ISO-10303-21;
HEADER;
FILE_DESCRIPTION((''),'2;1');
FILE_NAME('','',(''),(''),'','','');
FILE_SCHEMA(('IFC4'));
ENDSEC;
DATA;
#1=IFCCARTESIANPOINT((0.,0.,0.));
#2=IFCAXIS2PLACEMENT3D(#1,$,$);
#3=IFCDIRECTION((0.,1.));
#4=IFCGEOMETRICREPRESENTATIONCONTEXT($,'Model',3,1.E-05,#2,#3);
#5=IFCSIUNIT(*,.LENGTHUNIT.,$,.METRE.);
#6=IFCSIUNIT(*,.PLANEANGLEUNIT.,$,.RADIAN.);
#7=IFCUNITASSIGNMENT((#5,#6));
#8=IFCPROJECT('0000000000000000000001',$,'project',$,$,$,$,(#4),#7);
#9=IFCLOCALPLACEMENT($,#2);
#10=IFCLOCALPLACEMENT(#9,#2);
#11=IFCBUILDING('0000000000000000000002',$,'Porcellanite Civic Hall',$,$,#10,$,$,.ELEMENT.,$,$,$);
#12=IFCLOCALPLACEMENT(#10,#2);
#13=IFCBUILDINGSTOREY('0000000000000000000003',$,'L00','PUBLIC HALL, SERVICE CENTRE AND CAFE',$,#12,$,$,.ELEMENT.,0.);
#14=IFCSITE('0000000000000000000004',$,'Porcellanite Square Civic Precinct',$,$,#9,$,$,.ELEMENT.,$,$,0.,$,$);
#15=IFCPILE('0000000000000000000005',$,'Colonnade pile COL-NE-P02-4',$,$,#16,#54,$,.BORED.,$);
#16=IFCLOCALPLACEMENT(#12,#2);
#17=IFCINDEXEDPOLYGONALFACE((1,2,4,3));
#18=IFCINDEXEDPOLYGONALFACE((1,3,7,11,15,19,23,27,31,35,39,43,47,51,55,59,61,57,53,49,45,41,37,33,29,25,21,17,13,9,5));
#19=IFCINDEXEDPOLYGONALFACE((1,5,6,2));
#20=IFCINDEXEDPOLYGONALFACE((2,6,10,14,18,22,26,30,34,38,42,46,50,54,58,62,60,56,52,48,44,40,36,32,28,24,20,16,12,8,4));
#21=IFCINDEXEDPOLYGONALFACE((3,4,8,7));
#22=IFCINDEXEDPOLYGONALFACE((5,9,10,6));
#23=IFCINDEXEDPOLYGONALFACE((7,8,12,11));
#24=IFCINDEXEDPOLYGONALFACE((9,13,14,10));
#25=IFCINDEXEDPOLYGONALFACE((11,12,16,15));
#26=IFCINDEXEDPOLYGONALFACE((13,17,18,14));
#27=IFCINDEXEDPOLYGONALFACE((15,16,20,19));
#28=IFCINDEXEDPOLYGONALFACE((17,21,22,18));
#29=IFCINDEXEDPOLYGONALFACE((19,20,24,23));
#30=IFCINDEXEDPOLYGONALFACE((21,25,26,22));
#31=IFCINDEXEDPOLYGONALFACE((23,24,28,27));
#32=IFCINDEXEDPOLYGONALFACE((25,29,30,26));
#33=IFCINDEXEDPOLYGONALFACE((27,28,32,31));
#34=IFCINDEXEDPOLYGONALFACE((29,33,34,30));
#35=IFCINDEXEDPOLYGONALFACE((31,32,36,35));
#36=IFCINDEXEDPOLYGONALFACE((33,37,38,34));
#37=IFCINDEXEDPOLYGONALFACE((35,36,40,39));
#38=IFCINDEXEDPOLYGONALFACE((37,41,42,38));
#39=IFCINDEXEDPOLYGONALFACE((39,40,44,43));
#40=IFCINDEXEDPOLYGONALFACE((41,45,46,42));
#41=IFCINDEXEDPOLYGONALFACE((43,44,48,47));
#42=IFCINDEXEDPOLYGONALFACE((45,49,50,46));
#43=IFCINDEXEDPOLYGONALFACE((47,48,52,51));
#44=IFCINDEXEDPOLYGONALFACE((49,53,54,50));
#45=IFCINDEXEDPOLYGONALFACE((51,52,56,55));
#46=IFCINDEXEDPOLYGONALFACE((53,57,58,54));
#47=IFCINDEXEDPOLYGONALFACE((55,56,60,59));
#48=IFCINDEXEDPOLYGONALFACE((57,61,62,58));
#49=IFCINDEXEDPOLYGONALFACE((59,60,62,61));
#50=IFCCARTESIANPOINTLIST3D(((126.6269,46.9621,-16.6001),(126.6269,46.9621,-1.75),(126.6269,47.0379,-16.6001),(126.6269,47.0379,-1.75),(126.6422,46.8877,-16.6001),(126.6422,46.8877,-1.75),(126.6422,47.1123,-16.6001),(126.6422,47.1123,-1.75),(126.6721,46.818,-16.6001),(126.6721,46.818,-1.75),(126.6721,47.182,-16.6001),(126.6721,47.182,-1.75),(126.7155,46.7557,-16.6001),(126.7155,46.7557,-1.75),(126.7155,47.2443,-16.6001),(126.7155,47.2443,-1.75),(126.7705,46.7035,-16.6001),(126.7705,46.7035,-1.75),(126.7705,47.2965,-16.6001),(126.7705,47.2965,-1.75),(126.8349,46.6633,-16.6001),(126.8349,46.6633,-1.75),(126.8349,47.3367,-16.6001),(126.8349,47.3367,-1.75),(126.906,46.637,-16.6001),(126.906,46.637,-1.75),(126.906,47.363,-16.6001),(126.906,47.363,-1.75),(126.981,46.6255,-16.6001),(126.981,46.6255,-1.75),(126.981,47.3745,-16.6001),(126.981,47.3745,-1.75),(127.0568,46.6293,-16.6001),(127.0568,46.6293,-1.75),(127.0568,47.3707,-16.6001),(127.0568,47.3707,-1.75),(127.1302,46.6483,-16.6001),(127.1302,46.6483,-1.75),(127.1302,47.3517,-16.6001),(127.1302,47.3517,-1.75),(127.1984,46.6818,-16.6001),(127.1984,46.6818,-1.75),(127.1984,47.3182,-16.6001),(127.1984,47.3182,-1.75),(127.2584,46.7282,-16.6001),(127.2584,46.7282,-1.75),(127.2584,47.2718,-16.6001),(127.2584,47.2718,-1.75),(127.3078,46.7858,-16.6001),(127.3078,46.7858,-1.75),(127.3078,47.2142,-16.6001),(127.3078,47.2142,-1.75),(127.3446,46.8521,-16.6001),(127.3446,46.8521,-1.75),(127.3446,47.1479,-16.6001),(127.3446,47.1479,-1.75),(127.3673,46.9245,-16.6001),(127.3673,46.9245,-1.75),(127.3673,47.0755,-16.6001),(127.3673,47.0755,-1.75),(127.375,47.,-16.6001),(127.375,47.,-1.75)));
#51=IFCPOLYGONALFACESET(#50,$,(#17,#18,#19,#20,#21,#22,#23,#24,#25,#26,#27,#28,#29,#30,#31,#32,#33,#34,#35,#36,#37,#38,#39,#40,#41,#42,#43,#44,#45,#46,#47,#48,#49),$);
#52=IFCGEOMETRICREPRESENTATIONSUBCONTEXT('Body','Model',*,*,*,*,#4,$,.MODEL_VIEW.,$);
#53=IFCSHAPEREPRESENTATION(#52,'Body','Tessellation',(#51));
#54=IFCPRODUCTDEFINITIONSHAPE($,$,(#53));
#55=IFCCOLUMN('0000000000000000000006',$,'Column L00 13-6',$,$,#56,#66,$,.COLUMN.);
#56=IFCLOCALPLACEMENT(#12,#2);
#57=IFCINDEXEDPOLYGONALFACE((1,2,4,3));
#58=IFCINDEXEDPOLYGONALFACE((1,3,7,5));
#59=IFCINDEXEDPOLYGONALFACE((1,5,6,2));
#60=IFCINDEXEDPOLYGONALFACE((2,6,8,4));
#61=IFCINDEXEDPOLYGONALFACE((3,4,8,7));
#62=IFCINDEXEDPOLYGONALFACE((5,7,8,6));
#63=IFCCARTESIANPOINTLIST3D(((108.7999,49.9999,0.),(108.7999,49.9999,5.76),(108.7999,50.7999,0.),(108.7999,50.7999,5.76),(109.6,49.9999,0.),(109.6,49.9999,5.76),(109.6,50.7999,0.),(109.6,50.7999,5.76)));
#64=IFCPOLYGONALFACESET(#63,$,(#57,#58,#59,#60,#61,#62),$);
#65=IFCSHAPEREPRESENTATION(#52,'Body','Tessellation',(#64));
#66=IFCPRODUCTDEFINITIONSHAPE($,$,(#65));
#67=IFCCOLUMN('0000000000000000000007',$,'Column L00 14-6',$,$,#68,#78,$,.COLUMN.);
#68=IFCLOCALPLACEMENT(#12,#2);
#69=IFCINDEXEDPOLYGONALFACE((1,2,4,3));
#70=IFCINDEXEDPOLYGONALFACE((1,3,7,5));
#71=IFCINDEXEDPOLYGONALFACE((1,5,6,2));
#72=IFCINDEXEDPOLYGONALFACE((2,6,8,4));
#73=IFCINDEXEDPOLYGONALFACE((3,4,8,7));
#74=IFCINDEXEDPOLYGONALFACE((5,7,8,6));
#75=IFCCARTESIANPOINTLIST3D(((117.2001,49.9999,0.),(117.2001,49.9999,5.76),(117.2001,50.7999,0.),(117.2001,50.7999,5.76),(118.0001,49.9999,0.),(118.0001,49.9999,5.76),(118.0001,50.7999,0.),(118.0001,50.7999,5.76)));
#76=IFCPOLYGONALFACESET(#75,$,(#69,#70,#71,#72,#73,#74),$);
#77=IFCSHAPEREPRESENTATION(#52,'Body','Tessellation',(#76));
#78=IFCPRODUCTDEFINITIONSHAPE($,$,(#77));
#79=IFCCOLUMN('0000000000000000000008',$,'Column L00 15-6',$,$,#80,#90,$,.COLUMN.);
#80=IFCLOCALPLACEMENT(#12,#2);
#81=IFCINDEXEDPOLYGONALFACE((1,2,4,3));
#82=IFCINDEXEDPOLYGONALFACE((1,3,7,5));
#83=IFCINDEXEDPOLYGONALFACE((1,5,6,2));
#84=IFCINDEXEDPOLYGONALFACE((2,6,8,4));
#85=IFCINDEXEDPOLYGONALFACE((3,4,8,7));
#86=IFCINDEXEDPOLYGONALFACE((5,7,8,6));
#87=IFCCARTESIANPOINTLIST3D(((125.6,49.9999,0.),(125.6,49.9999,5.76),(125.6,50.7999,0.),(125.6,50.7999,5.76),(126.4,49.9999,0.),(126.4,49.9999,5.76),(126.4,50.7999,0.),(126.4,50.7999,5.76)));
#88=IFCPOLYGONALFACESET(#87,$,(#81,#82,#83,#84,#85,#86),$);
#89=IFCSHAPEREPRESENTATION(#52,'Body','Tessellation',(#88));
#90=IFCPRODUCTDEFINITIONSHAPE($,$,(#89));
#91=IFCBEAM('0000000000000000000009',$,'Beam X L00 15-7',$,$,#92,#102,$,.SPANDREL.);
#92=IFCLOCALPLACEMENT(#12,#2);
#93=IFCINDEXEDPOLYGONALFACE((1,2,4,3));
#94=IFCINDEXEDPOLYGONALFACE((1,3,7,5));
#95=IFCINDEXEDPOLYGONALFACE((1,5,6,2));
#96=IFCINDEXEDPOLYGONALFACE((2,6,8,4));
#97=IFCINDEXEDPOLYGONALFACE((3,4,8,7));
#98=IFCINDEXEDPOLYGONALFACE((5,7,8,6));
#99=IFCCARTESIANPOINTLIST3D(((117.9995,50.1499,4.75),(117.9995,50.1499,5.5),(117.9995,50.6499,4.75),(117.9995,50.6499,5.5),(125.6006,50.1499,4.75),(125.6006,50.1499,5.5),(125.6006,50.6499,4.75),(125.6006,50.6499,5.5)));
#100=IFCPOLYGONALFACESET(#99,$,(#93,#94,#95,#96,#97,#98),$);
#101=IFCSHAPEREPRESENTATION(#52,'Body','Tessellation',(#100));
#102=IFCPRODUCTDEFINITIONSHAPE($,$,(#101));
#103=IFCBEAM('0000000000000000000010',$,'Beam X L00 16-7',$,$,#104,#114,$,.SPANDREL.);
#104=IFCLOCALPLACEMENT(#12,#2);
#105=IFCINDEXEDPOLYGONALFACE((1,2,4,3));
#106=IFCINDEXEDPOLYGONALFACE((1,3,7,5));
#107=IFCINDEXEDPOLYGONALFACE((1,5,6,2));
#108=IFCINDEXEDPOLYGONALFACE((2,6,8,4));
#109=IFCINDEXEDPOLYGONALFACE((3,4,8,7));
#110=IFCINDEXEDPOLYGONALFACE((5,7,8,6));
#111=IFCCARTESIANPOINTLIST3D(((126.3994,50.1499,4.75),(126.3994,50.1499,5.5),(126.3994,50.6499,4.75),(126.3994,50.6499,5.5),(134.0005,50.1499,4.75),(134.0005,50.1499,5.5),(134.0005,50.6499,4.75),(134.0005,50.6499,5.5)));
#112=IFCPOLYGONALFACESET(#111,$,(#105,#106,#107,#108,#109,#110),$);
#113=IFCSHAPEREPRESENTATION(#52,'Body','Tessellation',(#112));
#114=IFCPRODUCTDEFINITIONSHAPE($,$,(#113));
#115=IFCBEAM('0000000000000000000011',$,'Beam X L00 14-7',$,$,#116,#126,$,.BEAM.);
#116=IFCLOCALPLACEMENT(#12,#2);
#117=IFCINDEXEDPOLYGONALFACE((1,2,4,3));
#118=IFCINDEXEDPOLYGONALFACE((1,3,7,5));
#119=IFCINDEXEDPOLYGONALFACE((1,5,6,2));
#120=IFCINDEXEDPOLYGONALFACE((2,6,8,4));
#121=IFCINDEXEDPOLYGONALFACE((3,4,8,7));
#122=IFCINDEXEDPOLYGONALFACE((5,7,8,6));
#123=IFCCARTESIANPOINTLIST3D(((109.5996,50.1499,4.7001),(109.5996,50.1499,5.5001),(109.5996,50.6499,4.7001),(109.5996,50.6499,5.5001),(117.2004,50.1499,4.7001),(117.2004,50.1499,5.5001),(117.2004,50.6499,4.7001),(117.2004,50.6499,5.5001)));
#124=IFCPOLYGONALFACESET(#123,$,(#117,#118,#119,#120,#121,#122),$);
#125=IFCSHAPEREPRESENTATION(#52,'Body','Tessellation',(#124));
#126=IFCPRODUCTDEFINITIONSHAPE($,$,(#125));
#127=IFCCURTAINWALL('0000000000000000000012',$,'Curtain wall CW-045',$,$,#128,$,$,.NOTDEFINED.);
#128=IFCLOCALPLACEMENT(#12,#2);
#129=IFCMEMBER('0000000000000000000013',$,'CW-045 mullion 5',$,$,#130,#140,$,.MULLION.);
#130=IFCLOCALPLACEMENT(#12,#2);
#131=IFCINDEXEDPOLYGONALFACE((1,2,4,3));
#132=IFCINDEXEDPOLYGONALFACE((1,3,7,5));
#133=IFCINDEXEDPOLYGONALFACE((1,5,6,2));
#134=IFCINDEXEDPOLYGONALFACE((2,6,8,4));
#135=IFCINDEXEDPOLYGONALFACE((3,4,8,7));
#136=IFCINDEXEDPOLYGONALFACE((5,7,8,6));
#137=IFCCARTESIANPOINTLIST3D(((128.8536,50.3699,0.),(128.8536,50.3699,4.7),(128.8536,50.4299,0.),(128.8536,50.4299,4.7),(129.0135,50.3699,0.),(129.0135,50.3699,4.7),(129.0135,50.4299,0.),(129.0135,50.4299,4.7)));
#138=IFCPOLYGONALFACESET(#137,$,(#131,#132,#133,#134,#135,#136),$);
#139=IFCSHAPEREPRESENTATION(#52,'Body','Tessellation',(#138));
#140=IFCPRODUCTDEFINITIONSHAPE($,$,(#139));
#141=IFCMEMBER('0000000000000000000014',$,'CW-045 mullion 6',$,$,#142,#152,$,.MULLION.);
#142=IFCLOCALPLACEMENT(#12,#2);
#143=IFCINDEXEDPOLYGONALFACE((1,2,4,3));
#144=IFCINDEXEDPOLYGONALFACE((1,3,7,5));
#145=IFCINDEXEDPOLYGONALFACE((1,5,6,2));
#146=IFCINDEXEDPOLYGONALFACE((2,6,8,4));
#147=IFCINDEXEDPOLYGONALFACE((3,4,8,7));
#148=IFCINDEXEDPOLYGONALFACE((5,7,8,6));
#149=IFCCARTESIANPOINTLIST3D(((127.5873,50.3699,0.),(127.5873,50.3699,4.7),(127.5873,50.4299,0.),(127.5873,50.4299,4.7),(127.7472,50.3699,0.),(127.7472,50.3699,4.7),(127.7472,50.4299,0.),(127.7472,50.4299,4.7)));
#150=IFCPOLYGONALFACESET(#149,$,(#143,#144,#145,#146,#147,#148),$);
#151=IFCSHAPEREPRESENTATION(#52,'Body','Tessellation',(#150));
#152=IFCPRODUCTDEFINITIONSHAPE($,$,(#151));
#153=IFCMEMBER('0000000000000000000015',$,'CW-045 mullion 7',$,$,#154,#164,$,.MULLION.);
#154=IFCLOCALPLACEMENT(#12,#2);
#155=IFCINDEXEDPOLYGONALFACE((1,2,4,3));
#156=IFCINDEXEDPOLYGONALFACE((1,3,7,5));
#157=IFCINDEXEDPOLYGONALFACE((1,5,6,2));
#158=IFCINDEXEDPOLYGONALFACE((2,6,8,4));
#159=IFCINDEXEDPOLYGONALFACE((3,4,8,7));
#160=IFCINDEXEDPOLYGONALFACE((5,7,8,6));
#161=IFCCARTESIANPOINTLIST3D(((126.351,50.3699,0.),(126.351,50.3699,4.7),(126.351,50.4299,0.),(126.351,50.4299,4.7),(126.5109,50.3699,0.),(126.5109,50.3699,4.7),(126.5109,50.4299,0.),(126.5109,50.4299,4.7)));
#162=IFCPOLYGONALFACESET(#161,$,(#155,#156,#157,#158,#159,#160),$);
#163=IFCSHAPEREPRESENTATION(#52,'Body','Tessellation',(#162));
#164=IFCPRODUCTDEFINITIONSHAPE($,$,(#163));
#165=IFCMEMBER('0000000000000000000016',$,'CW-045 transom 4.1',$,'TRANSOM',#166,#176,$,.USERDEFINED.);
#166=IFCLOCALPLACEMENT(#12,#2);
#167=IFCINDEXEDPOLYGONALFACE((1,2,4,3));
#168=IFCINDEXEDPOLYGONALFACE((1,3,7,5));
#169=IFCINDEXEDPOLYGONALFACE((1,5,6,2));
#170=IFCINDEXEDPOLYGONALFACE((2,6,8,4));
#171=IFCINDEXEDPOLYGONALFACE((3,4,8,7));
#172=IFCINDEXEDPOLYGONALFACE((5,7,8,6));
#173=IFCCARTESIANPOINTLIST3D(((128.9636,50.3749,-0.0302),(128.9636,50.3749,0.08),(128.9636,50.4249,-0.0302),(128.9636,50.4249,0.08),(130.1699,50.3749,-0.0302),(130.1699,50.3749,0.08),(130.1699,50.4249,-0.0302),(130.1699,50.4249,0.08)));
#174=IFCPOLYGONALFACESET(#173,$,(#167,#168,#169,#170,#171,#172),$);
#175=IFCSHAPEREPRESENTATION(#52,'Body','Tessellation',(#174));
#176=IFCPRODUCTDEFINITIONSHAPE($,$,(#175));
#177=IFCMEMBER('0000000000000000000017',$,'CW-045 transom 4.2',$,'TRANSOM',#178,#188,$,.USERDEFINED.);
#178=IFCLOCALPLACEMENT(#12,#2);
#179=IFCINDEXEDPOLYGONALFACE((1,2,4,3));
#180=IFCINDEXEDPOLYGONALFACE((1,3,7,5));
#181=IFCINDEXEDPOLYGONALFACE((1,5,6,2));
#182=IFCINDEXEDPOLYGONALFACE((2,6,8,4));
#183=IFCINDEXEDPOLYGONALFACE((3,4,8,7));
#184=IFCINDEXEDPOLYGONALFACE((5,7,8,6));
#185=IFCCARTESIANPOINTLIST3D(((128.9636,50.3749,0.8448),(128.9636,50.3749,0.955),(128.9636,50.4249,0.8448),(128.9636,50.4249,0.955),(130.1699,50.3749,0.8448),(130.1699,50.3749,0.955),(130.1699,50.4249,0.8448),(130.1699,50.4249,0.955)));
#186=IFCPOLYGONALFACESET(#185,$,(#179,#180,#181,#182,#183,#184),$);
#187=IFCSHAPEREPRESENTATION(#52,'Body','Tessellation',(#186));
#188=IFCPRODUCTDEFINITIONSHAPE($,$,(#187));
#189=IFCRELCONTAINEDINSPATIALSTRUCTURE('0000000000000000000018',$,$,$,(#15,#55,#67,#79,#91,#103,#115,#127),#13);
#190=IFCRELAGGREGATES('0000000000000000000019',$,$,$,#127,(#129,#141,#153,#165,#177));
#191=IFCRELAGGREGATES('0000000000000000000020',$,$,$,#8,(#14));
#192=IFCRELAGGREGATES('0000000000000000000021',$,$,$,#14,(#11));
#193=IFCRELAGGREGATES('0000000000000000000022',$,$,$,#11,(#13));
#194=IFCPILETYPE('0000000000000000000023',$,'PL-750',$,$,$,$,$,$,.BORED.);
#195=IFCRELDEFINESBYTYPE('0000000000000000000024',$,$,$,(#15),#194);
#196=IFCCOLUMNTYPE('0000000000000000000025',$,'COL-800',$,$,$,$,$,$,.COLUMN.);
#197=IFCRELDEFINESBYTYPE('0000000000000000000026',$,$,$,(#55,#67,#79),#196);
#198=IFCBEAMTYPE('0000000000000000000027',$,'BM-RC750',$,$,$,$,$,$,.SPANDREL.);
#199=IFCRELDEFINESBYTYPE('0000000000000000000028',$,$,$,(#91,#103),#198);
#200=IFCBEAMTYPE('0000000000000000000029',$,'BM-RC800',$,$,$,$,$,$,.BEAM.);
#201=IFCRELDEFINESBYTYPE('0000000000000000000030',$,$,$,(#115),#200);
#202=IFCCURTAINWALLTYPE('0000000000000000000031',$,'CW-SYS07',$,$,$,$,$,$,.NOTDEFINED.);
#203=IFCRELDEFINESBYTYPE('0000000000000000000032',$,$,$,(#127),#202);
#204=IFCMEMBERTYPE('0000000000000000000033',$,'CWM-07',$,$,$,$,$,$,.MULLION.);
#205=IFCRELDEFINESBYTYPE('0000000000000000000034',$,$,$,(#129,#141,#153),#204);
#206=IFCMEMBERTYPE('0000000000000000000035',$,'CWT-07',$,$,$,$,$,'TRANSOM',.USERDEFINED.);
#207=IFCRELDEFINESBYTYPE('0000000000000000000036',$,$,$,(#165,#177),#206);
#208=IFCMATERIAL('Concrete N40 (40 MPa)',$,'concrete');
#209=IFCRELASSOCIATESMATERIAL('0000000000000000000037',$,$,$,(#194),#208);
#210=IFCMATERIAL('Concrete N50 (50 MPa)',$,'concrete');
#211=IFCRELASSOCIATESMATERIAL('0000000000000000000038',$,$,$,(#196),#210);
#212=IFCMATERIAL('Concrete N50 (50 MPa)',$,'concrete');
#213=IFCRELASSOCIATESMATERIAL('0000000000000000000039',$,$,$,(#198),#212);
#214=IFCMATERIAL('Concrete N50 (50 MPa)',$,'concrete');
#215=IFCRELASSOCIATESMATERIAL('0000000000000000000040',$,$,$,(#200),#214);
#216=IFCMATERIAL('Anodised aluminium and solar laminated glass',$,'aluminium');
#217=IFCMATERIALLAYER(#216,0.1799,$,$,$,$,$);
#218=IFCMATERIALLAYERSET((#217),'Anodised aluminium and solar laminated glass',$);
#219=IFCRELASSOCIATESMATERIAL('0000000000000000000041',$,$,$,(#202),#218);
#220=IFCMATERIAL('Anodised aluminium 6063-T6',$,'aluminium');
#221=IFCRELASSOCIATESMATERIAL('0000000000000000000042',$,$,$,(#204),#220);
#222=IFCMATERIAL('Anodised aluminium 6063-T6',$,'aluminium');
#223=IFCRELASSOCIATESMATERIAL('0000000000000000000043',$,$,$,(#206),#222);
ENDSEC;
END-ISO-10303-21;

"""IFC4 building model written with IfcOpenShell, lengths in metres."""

from ifc_helpers import new_model, si_unit, direction, frame, origin, origin_2d, place, context, subcontext, project, spatial, rectangle, circle, extrude, material, layer, layer_set, material_profile, profile_set, type_object, element, aggregate, save


model = new_model("IFC4")

# Units and contexts
model_context = context("Model", 3, precision=1e-05, world=origin(), true_north=direction((0.0, 1.0)))
body_context = subcontext(model_context, "Body", "Model", "MODEL_VIEW")
ifc_project = project(units=[si_unit("LENGTHUNIT", "METRE"), si_unit("PLANEANGLEUNIT", "RADIAN")], contexts=[model_context])

# Site, building, storey
site_placement = place(None, origin())
site = spatial("IfcSite", under=ifc_project, at=site_placement, Name="Porcellanite Square Civic Precinct", CompositionType="ELEMENT", RefElevation=0.0)
building_placement = place(site_placement, origin())
building = spatial("IfcBuilding", under=site, at=building_placement, Name="Porcellanite Civic Hall", CompositionType="ELEMENT")
storey_placement = place(building_placement, origin())
storey = spatial("IfcBuildingStorey", under=building, at=storey_placement, Name="L00", Description="PUBLIC HALL, SERVICE CENTRE AND CAFE", CompositionType="ELEMENT", Elevation=0.0)

# Pile
ifc_material_1 = material(Name="Concrete N40 (40 MPa)", Category="concrete")
ifc_material_profile_1 = material_profile(ifc_material_1, circle(Radius=0.375, at=origin_2d()), Name="PILE-D750")
ifc_profile_set_1 = profile_set([ifc_material_profile_1], Name="Concrete N40 (40 MPa)")
pile_type = type_object("IfcPileType", Name="PL-750", PredefinedType="BORED", material=ifc_profile_set_1)
pile_placement = place(storey_placement, frame((127.0, 47.0, -1.75), z_axis=(0.0, 0.0, -1.0), x_axis=(1.0, 0.0, 0.0)))
element("IfcPile", 1, at=pile_placement, inside=storey, type_object=pile_type, Name="Colonnade pile COL-NE-P02-4", PredefinedType="BORED", context=body_context, shape_type="SweptSolid", body=[
    extrude(circle(Radius=0.375, at=origin_2d()), origin(), (0.0, 0.0, 1.0), 14.8501),
])

# Columns
ifc_material_2 = material(Name="Concrete N50 (50 MPa)", Category="concrete")
ifc_material_profile_2 = material_profile(ifc_material_2, rectangle(XDim=0.8, YDim=0.8, at=origin_2d()), Name="RC-800x800")
ifc_profile_set_2 = profile_set([ifc_material_profile_2], Name="Concrete N50 (50 MPa)")
column_type = type_object("IfcColumnType", Name="COL-800", PredefinedType="COLUMN", material=ifc_profile_set_2)
for number, where, z_axis, x_axis, name in (
    (2, (109.2, 50.3999, 0.0), (0.0, 0.0, 1.0), (1.0, 0.0, 0.0), "Column L00 13-6"),
    (3, (117.6001, 50.3999, 0.0), (0.0, 0.0, 1.0), (1.0, 0.0, 0.0), "Column L00 14-6"),
    (4, (126.0, 50.3999, 0.0), (0.0, 0.0, 1.0), (1.0, 0.0, 0.0), "Column L00 15-6"),
):
    element("IfcColumn", number, at=place(storey_placement, frame(where, z_axis=z_axis, x_axis=x_axis)), inside=storey, type_object=column_type, Name=name, PredefinedType="COLUMN", context=body_context, shape_type="SweptSolid", body=[
        extrude(rectangle(XDim=0.8, YDim=0.8, at=origin_2d()), origin(), (0.0, 0.0, 1.0), 5.76),
    ])

# Beams
ifc_material_3 = material(Name="Concrete N50 (50 MPa)", Category="concrete")
ifc_material_profile_3 = material_profile(ifc_material_3, rectangle(XDim=0.5, YDim=0.75, at=origin_2d()), Name="RC-500x750")
ifc_profile_set_3 = profile_set([ifc_material_profile_3], Name="Concrete N50 (50 MPa)")
beam_type_1 = type_object("IfcBeamType", Name="BM-RC750", PredefinedType="SPANDREL", material=ifc_profile_set_3)
for number, where, z_axis, x_axis, name in (
    (5, (117.9995, 50.3999, 5.125), (1.0, 0.0, 0.0), (0.0, 1.0, 0.0), "Beam X L00 15-7"),
    (6, (126.3994, 50.3999, 5.125), (1.0, 0.0, 0.0), (0.0, 1.0, 0.0), "Beam X L00 16-7"),
):
    element("IfcBeam", number, at=place(storey_placement, frame(where, z_axis=z_axis, x_axis=x_axis)), inside=storey, type_object=beam_type_1, Name=name, PredefinedType="SPANDREL", context=body_context, shape_type="SweptSolid", body=[
        extrude(rectangle(XDim=0.5, YDim=0.75, at=origin_2d()), origin(), (0.0, 0.0, 1.0), 7.6011),
    ])
ifc_material_4 = material(Name="Concrete N50 (50 MPa)", Category="concrete")
ifc_material_profile_4 = material_profile(ifc_material_4, rectangle(XDim=0.5, YDim=0.8, at=origin_2d()), Name="RC-500x800")
ifc_profile_set_4 = profile_set([ifc_material_profile_4], Name="Concrete N50 (50 MPa)")
beam_type_2 = type_object("IfcBeamType", Name="BM-RC800", PredefinedType="BEAM", material=ifc_profile_set_4)
beam_placement = place(storey_placement, frame((109.5996, 50.3999, 5.1001), z_axis=(1.0, 0.0, 0.0), x_axis=(0.0, 1.0, 0.0)))
element("IfcBeam", 7, at=beam_placement, inside=storey, type_object=beam_type_2, Name="Beam X L00 14-7", PredefinedType="BEAM", context=body_context, shape_type="SweptSolid", body=[
    extrude(rectangle(XDim=0.5, YDim=0.8, at=origin_2d()), origin(), (0.0, 0.0, 1.0), 7.6008),
])

# Curtain wall, members
ifc_material_5 = material(Name="Anodised aluminium and solar laminated glass", Category="aluminium")
ifc_layer_1 = layer(ifc_material_5, 0.1799)
ifc_layer_set_1 = layer_set([ifc_layer_1], Name="Anodised aluminium and solar laminated glass")
curtain_wall_type = type_object("IfcCurtainWallType", Name="CW-SYS07", PredefinedType="NOTDEFINED", material=ifc_layer_set_1)
curtain_wall_placement = place(storey_placement, origin())
curtain_wall = element("IfcCurtainWall", 8, at=curtain_wall_placement, inside=storey, type_object=curtain_wall_type, Name="Curtain wall CW-045", PredefinedType="NOTDEFINED")
ifc_material_6 = material(Name="Anodised aluminium 6063-T6", Category="aluminium")
ifc_material_profile_5 = material_profile(ifc_material_6, rectangle(XDim=0.0601, YDim=0.1599, at=origin_2d()), Name="AL-60x160")
ifc_profile_set_5 = profile_set([ifc_material_profile_5], Name="Anodised aluminium 6063-T6")
member_type_1 = type_object("IfcMemberType", Name="CWM-07", PredefinedType="MULLION", material=ifc_profile_set_5)
member_1_placement = place(storey_placement, frame((128.9336, 50.3999, 0.0), z_axis=(0.0, 0.0, 1.0), x_axis=(0.0, -1.0, 0.0)))
member_1 = element("IfcMember", 9, at=member_1_placement, type_object=member_type_1, Name="CW-045 mullion 5", PredefinedType="MULLION", context=body_context, shape_type="SweptSolid", body=[
    extrude(rectangle(XDim=0.0601, YDim=0.1599, at=origin_2d()), origin(), (0.0, 0.0, 1.0), 4.7),
])
member_2_placement = place(storey_placement, frame((127.6672, 50.3999, 0.0), z_axis=(0.0, 0.0, 1.0), x_axis=(0.0, -1.0, 0.0)))
member_2 = element("IfcMember", 10, at=member_2_placement, type_object=member_type_1, Name="CW-045 mullion 6", PredefinedType="MULLION", context=body_context, shape_type="SweptSolid", body=[
    extrude(rectangle(XDim=0.0601, YDim=0.1599, at=origin_2d()), origin(), (0.0, 0.0, 1.0), 4.7),
])
member_3_placement = place(storey_placement, frame((126.4309, 50.3999, 0.0), z_axis=(0.0, 0.0, 1.0), x_axis=(0.0, -1.0, 0.0)))
member_3 = element("IfcMember", 11, at=member_3_placement, type_object=member_type_1, Name="CW-045 mullion 7", PredefinedType="MULLION", context=body_context, shape_type="SweptSolid", body=[
    extrude(rectangle(XDim=0.0601, YDim=0.1599, at=origin_2d()), origin(), (0.0, 0.0, 1.0), 4.7),
])
ifc_material_7 = material(Name="Anodised aluminium 6063-T6", Category="aluminium")
ifc_material_profile_6 = material_profile(ifc_material_7, rectangle(XDim=0.05, YDim=0.1101, at=origin_2d()), Name="AL-50x110")
ifc_profile_set_6 = profile_set([ifc_material_profile_6], Name="Anodised aluminium 6063-T6")
member_type_2 = type_object("IfcMemberType", Name="CWT-07", ElementType="TRANSOM", PredefinedType="USERDEFINED", material=ifc_profile_set_6)
member_4_placement = place(storey_placement, frame((130.1699, 50.3999, 0.0249), z_axis=(-1.0, 0.0, 0.0), x_axis=(0.0, -1.0, 0.0)))
member_4 = element("IfcMember", 12, at=member_4_placement, type_object=member_type_2, Name="CW-045 transom 4.1", ObjectType="TRANSOM", PredefinedType="USERDEFINED", context=body_context, shape_type="SweptSolid", body=[
    extrude(rectangle(XDim=0.05, YDim=0.1101, at=origin_2d()), origin(), (0.0, 0.0, 1.0), 1.2063),
])
member_5_placement = place(storey_placement, frame((130.1699, 50.3999, 0.8999), z_axis=(-1.0, 0.0, 0.0), x_axis=(0.0, -1.0, 0.0)))
member_5 = element("IfcMember", 13, at=member_5_placement, type_object=member_type_2, Name="CW-045 transom 4.2", ObjectType="TRANSOM", PredefinedType="USERDEFINED", context=body_context, shape_type="SweptSolid", body=[
    extrude(rectangle(XDim=0.05, YDim=0.1101, at=origin_2d()), origin(), (0.0, 0.0, 1.0), 1.2063),
])
aggregate(curtain_wall, [member_1, member_2, member_3, member_4, member_5])

save(model, "model.ifc")
